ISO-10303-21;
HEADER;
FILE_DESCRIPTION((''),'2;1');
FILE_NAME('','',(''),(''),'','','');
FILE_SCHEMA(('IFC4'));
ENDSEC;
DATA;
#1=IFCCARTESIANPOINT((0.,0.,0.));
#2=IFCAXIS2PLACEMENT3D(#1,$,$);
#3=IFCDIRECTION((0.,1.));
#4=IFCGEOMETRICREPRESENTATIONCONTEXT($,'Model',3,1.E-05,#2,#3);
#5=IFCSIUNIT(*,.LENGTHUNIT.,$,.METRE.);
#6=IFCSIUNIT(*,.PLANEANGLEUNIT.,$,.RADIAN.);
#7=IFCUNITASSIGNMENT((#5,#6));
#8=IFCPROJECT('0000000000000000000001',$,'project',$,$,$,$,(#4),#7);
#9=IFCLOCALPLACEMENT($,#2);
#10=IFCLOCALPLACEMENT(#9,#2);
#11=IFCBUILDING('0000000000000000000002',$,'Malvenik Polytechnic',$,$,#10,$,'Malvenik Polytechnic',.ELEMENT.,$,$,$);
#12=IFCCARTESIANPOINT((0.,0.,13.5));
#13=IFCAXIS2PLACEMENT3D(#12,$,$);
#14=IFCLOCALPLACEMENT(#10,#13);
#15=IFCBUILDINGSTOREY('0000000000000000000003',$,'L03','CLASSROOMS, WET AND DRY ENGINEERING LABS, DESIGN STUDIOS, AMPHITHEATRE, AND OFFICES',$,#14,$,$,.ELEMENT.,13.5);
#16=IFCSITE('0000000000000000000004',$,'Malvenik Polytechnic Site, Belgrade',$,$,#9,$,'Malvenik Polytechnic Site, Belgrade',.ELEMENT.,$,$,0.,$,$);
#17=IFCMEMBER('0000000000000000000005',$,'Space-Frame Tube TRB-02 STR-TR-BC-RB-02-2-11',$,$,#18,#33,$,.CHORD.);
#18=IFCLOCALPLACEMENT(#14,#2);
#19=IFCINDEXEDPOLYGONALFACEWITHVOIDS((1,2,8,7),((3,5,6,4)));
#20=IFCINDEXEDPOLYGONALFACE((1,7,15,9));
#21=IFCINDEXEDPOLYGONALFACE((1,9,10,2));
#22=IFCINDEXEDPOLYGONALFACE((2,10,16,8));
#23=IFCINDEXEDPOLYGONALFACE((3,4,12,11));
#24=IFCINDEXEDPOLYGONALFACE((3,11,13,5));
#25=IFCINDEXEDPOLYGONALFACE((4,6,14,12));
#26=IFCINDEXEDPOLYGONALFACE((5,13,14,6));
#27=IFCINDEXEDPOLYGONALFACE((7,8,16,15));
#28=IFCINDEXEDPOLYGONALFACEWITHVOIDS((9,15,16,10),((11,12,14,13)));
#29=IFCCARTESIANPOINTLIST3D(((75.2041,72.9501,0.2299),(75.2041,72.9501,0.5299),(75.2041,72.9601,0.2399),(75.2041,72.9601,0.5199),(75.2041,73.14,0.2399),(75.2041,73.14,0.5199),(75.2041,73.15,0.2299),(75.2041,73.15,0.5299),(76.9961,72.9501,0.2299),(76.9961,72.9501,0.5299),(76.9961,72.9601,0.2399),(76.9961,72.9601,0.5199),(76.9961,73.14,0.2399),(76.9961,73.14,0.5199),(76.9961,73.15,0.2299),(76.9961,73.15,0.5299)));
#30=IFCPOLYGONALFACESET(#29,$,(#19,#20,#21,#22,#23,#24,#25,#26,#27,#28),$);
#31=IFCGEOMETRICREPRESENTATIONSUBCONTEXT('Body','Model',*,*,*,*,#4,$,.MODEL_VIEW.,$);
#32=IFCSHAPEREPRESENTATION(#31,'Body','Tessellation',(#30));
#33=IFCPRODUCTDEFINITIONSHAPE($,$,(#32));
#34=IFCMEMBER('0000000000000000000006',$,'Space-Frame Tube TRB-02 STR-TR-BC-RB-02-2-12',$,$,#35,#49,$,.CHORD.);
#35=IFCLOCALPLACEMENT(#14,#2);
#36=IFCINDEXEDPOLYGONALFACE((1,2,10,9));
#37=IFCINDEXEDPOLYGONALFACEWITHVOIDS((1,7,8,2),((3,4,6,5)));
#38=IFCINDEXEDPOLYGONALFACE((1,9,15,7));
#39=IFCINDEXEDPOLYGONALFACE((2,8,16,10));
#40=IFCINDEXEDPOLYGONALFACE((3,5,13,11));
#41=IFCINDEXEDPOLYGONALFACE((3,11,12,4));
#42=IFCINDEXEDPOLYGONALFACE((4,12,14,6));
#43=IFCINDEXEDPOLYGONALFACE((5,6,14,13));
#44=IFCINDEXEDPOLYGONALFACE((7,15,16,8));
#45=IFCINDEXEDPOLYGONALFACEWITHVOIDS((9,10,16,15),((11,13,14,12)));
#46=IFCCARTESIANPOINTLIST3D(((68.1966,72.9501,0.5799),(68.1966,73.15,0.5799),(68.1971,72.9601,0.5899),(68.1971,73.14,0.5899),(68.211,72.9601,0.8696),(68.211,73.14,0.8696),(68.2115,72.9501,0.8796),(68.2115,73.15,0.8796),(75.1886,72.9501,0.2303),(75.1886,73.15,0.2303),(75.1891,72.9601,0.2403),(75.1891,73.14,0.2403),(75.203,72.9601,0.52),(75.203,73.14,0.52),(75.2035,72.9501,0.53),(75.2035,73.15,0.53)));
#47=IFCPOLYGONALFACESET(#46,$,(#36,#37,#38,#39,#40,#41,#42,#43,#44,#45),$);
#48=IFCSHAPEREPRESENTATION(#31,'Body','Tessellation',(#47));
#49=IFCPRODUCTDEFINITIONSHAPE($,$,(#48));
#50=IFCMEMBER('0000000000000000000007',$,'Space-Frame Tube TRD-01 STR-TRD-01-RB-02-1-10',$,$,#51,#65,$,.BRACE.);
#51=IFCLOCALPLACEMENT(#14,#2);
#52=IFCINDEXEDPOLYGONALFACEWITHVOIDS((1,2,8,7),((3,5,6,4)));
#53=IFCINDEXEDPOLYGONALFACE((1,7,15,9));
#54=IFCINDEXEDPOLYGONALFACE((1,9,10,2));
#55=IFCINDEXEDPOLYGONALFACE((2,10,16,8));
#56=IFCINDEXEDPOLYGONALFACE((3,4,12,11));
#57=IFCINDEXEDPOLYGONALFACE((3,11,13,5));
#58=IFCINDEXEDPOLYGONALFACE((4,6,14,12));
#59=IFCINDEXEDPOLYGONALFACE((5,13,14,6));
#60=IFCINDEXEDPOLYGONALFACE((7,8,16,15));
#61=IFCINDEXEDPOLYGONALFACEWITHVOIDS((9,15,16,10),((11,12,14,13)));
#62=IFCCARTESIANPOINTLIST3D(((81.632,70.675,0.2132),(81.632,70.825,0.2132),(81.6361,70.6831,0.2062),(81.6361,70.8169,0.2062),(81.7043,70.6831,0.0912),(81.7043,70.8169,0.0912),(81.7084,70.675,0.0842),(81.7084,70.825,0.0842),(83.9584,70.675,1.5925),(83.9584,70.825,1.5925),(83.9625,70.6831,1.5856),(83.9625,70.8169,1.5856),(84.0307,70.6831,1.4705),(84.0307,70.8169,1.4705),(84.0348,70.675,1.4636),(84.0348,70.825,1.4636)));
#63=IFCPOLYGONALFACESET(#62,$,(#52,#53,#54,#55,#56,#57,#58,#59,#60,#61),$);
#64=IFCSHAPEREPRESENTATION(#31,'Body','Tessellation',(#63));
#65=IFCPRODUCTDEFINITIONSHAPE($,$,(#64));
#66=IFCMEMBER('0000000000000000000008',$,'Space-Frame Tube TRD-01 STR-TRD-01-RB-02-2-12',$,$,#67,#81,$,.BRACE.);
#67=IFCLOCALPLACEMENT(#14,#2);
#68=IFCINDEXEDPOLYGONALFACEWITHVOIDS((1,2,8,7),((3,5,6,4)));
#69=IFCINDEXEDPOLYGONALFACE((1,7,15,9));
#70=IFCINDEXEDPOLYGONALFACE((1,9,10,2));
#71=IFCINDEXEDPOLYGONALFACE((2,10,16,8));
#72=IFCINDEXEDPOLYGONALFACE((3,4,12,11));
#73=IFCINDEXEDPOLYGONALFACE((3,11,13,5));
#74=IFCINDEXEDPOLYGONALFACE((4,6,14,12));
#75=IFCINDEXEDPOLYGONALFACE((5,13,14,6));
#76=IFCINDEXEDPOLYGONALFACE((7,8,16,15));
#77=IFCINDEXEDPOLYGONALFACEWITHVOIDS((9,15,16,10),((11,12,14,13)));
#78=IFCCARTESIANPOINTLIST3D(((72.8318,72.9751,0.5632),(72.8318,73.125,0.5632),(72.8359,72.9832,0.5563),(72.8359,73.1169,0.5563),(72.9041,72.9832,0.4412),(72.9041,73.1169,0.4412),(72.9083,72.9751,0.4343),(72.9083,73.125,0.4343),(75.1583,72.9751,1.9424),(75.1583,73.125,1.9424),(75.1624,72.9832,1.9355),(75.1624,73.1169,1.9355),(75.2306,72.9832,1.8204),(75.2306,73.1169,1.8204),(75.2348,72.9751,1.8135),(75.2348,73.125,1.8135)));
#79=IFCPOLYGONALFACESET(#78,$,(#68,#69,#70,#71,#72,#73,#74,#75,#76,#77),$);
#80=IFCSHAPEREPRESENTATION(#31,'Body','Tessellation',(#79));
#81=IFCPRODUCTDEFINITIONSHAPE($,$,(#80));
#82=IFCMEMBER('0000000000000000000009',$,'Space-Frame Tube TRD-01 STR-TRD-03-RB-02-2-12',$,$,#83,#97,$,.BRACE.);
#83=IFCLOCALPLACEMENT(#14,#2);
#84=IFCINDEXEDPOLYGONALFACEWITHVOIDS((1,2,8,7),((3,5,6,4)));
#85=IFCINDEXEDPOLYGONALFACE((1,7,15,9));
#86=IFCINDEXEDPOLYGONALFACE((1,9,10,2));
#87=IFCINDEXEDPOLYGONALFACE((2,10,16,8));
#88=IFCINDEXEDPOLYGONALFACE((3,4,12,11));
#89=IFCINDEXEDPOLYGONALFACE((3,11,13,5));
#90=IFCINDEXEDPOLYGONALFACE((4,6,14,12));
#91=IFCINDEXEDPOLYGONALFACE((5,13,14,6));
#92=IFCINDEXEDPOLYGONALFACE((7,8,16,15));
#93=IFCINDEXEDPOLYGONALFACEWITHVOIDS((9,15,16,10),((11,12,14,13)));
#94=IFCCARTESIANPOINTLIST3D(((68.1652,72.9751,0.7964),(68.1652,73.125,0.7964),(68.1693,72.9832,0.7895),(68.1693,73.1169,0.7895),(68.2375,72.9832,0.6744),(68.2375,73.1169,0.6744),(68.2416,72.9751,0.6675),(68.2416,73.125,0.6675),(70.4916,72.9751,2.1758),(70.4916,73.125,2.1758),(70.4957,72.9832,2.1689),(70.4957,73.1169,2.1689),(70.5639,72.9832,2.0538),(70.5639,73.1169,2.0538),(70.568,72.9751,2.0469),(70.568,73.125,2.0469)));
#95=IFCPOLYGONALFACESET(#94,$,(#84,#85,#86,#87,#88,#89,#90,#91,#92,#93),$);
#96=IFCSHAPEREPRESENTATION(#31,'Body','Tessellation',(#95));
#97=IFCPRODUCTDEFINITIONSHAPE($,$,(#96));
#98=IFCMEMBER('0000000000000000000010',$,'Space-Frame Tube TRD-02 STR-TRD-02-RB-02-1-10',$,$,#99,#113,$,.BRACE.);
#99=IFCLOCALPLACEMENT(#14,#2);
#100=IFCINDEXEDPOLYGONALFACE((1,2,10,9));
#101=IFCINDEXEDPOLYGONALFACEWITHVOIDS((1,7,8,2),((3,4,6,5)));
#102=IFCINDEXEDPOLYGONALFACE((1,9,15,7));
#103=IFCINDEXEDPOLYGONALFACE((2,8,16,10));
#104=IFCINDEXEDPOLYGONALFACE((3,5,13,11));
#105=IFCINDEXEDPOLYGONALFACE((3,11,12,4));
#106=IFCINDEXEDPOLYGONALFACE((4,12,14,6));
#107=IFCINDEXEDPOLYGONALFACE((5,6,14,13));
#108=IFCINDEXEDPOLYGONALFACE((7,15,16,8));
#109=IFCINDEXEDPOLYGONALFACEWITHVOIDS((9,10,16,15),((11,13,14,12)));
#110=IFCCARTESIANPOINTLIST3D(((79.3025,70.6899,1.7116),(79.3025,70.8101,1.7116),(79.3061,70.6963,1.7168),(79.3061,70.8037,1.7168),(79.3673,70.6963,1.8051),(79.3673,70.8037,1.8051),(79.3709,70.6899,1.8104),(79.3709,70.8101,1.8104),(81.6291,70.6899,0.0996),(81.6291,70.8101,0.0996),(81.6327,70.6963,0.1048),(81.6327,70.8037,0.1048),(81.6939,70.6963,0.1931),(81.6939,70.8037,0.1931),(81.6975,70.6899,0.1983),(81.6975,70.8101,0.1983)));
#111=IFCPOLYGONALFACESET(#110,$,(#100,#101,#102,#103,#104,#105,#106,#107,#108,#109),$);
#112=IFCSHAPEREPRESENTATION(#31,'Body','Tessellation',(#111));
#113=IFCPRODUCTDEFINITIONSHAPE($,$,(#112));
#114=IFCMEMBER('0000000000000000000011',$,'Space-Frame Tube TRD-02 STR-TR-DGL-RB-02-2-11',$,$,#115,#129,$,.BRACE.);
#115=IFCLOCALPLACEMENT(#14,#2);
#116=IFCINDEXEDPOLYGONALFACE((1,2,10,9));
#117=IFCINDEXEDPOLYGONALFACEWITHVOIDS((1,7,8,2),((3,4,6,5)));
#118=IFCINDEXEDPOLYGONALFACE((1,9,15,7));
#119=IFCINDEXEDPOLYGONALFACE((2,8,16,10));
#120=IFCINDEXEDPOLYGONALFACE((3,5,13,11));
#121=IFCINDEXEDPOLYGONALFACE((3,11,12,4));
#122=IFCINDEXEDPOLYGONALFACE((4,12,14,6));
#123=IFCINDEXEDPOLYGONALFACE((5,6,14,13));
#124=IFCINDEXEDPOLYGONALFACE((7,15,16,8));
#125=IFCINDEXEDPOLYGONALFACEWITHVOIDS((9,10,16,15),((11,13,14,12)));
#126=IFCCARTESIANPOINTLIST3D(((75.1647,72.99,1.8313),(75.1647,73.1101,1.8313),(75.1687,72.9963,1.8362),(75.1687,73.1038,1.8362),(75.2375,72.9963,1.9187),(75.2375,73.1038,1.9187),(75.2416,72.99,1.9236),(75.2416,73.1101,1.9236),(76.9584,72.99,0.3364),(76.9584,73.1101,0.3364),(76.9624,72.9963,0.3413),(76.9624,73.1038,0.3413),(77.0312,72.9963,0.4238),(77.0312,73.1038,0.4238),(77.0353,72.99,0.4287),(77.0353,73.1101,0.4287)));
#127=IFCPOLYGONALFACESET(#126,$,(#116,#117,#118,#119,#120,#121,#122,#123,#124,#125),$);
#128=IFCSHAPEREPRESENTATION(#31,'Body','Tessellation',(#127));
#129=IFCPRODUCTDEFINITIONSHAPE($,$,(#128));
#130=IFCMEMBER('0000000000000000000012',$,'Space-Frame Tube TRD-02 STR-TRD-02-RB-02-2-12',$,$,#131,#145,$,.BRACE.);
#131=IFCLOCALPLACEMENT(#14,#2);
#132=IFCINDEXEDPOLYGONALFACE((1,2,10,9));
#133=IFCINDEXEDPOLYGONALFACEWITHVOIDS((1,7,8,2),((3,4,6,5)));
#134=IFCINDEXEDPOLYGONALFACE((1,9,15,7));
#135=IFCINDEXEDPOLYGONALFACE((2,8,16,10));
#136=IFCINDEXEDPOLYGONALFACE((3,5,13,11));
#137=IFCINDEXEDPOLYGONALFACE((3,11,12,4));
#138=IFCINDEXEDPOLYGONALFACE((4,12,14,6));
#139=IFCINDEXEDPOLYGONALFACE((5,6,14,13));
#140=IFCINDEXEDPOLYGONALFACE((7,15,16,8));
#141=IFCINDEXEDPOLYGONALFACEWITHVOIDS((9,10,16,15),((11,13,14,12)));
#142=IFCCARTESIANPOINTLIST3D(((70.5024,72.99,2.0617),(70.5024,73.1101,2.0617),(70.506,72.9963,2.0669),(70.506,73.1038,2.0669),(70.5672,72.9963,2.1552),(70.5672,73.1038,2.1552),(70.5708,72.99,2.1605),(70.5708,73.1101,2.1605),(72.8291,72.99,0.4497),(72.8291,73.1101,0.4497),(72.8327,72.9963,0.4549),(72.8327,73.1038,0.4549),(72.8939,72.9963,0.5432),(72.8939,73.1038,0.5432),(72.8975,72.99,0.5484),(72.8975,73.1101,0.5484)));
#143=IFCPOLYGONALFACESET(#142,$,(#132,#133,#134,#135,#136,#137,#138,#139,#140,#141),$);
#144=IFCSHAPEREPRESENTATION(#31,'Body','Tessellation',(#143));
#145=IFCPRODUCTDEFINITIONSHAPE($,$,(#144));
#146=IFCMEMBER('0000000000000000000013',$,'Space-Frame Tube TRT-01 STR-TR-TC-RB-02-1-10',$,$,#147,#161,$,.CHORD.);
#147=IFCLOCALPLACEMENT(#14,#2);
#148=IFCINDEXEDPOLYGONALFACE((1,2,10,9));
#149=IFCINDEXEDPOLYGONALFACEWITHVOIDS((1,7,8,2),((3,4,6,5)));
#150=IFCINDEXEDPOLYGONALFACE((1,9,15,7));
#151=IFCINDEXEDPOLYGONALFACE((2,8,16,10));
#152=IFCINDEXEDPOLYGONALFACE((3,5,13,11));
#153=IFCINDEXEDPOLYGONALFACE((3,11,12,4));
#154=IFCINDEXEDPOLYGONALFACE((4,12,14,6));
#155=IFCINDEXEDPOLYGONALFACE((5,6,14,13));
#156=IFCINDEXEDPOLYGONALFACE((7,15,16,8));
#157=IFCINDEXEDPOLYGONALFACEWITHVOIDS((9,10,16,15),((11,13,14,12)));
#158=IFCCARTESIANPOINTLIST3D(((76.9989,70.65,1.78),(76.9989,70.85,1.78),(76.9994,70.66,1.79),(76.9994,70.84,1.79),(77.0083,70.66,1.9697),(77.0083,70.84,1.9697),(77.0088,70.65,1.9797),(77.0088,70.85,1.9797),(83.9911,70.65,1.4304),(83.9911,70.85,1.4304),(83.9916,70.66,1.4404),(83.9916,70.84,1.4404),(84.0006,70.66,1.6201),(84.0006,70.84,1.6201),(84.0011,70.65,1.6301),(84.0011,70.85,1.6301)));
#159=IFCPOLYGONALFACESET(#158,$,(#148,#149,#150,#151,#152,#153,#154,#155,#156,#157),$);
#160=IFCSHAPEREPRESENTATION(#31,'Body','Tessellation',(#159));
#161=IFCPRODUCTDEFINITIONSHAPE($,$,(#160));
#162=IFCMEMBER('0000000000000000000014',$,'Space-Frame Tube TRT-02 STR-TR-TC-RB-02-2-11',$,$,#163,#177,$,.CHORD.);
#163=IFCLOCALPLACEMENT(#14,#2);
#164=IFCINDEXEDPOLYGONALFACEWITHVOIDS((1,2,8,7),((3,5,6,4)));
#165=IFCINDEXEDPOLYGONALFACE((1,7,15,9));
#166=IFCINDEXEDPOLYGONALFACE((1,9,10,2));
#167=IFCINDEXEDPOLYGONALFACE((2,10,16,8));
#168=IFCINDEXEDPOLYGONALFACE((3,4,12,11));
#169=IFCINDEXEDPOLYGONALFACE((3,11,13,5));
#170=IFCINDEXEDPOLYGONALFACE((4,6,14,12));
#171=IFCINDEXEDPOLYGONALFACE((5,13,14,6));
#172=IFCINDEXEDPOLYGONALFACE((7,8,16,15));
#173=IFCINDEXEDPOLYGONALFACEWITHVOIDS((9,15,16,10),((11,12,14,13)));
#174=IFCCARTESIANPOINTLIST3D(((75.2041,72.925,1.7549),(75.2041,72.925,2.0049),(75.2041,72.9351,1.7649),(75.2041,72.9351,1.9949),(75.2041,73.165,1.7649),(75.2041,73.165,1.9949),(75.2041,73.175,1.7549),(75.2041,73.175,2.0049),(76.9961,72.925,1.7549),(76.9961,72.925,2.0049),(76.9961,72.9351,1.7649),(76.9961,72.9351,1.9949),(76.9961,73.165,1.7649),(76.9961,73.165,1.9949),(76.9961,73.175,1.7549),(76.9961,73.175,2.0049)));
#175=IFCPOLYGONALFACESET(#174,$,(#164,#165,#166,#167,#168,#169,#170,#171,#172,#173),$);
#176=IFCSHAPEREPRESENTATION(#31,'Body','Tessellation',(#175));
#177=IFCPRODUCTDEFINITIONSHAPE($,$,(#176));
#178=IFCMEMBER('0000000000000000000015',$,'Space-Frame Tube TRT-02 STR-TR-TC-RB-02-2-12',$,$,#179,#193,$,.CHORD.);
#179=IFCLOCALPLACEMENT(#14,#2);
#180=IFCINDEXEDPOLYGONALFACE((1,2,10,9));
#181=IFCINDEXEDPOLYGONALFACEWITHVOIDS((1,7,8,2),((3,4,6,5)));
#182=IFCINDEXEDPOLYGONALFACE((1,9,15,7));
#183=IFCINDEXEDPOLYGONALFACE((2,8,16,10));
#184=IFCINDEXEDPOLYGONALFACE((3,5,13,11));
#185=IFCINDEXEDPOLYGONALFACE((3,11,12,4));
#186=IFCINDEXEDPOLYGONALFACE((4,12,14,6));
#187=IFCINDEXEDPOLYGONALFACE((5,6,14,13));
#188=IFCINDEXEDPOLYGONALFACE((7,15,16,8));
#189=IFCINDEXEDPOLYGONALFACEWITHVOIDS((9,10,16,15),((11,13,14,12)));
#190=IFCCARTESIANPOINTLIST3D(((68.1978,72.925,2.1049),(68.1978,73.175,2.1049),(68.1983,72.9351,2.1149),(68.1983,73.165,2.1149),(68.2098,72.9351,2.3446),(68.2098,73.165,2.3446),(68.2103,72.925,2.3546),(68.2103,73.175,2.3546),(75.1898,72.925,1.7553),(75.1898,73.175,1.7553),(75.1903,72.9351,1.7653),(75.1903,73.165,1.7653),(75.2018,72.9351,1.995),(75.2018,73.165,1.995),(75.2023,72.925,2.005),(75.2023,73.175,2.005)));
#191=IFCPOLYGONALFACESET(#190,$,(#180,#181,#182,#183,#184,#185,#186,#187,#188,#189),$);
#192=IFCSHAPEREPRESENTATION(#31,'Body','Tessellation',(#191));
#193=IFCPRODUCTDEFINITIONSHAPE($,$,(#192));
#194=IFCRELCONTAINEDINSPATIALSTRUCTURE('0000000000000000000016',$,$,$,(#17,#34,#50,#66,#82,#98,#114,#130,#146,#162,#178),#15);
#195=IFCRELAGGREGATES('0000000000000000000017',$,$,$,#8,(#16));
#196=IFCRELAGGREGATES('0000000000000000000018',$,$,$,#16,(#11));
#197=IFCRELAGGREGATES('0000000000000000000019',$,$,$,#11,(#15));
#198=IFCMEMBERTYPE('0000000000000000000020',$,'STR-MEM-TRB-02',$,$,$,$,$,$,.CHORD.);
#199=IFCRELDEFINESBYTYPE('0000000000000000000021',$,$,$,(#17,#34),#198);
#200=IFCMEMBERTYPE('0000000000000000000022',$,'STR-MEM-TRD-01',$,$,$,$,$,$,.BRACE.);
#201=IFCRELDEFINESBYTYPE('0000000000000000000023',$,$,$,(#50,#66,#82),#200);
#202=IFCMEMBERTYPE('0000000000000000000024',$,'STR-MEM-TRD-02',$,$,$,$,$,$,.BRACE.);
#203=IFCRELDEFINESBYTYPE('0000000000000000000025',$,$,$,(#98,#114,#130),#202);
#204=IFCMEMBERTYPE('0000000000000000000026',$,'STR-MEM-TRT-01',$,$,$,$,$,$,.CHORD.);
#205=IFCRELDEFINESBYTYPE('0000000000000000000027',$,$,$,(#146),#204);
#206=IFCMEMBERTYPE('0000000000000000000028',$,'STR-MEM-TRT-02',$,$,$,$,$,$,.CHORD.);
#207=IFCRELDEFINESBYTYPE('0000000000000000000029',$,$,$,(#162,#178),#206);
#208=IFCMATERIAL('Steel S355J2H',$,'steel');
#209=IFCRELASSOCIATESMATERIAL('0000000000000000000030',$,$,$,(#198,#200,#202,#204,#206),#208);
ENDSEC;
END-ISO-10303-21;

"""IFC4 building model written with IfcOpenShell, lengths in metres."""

from ifc_helpers import new_model, si_unit, direction, frame, origin, origin_2d, place, context, subcontext, project, spatial, hollow_rectangle, extrude, material, material_profile, profile_set, type_object, element, save


model = new_model("IFC4")

# Units and contexts
model_context = context("Model", 3, precision=1e-05, world=origin(), true_north=direction((0.0, 1.0)))
body_context = subcontext(model_context, "Body", "Model", "MODEL_VIEW")
ifc_project = project(units=[si_unit("LENGTHUNIT", "METRE"), si_unit("PLANEANGLEUNIT", "RADIAN")], contexts=[model_context])

# Site, building, storey
site_placement = place(None, origin())
site = spatial("IfcSite", under=ifc_project, at=site_placement, Name="Malvenik Polytechnic Site, Belgrade", LongName="Malvenik Polytechnic Site, Belgrade", CompositionType="ELEMENT", RefElevation=0.0)
building_placement = place(site_placement, origin())
building = spatial("IfcBuilding", under=site, at=building_placement, Name="Malvenik Polytechnic", LongName="Malvenik Polytechnic", CompositionType="ELEMENT")
storey_placement = place(building_placement, frame((0.0, 0.0, 13.5)))
storey = spatial("IfcBuildingStorey", under=building, at=storey_placement, Name="L03", Description="CLASSROOMS, WET AND DRY ENGINEERING LABS, DESIGN STUDIOS, AMPHITHEATRE, AND OFFICES", CompositionType="ELEMENT", Elevation=13.5)

# Shared definitions
ifc_material_1 = material(Name="Steel S355J2H", Category="steel")

# Members
ifc_material_profile_1 = material_profile(ifc_material_1, hollow_rectangle(XDim=0.2, YDim=0.3, WallThickness=0.01, at=origin_2d()), Name="RHS 300x200x10.0")
ifc_profile_set_1 = profile_set([ifc_material_profile_1], Name="Steel S355J2H")
member_type_1 = type_object("IfcMemberType", Name="STR-MEM-TRB-02", PredefinedType="CHORD", material=ifc_profile_set_1)
member_1_placement = place(storey_placement, frame((76.9961, 73.05, 0.3799), z_axis=(-1.0, 0.0, 0.0), x_axis=(0.0, -1.0, 0.0)))
element("IfcMember", 1, at=member_1_placement, inside=storey, type_object=member_type_1, Name="Space-Frame Tube TRB-02 STR-TR-BC-RB-02-2-11", PredefinedType="CHORD", context=body_context, shape_type="SweptSolid", body=[
    extrude(hollow_rectangle(XDim=0.2, YDim=0.3, WallThickness=0.01, at=origin_2d()), origin(), (0.0, 0.0, 1.0), 1.792),
])
member_2_placement = place(storey_placement, frame((75.196, 73.05, 0.3801), z_axis=(-0.998752, 0.0, 0.049939), x_axis=(0.0, -1.0, 0.0)))
element("IfcMember", 2, at=member_2_placement, inside=storey, type_object=member_type_1, Name="Space-Frame Tube TRB-02 STR-TR-BC-RB-02-2-12", PredefinedType="CHORD", context=body_context, shape_type="SweptSolid", body=[
    extrude(hollow_rectangle(XDim=0.2, YDim=0.3, WallThickness=0.01, at=origin_2d()), origin(), (0.0, 0.0, 1.0), 7.0007),
])
ifc_material_profile_2 = material_profile(ifc_material_1, hollow_rectangle(XDim=0.1499, YDim=0.1499, WallThickness=0.0081, at=origin_2d()), Name="SHS 150x150x8.0")
ifc_profile_set_2 = profile_set([ifc_material_profile_2], Name="Steel S355J2H")
member_type_2 = type_object("IfcMemberType", Name="STR-MEM-TRD-01", PredefinedType="BRACE", material=ifc_profile_set_2)
for number, where, z_axis, x_axis, name in (
    (3, (83.9966, 70.75, 1.5281), (-0.860165, 0.0, -0.510015), (0.0, -1.0, 0.0), "Space-Frame Tube TRD-01 STR-TRD-01-RB-02-1-10"),
    (4, (75.1965, 73.05, 1.8779), (-0.860205, 0.0, -0.509948), (0.0, -1.0, 0.0), "Space-Frame Tube TRD-01 STR-TRD-01-RB-02-2-12"),
    (5, (70.5298, 73.05, 2.1113), (-0.860165, 0.0, -0.510015), (0.0, -1.0, 0.0), "Space-Frame Tube TRD-01 STR-TRD-03-RB-02-2-12"),
):
    element("IfcMember", number, at=place(storey_placement, frame(where, z_axis=z_axis, x_axis=x_axis)), inside=storey, type_object=member_type_2, Name=name, PredefinedType="BRACE", context=body_context, shape_type="SweptSolid", body=[
        extrude(hollow_rectangle(XDim=0.1499, YDim=0.1499, WallThickness=0.0081, at=origin_2d()), origin(), (0.0, 0.0, 1.0), 2.7046),
    ])
ifc_material_profile_3 = material_profile(ifc_material_1, hollow_rectangle(XDim=0.1201, YDim=0.1201, WallThickness=0.0063, at=origin_2d()), Name="SHS 120x120x6.3")
ifc_profile_set_3 = profile_set([ifc_material_profile_3], Name="Steel S355J2H")
member_type_3 = type_object("IfcMemberType", Name="STR-MEM-TRD-02", PredefinedType="BRACE", material=ifc_profile_set_3)
member_3_placement = place(storey_placement, frame((81.6633, 70.75, 0.1489), z_axis=(-0.821978, 0.0, 0.569519), x_axis=(0.0, -1.0, 0.0)))
element("IfcMember", 6, at=member_3_placement, inside=storey, type_object=member_type_3, Name="Space-Frame Tube TRD-02 STR-TRD-02-RB-02-1-10", PredefinedType="BRACE", context=body_context, shape_type="SweptSolid", body=[
    extrude(hollow_rectangle(XDim=0.1201, YDim=0.1201, WallThickness=0.0063, at=origin_2d()), origin(), (0.0, 0.0, 1.0), 2.8306),
])
member_4_placement = place(storey_placement, frame((76.9968, 73.05, 0.3826), z_axis=(-0.768196, 0.0, 0.640215), x_axis=(0.0, -1.0, 0.0)))
element("IfcMember", 7, at=member_4_placement, inside=storey, type_object=member_type_3, Name="Space-Frame Tube TRD-02 STR-TR-DGL-RB-02-2-11", PredefinedType="BRACE", context=body_context, shape_type="SweptSolid", body=[
    extrude(hollow_rectangle(XDim=0.1201, YDim=0.1201, WallThickness=0.0063, at=origin_2d()), origin(), (0.0, 0.0, 1.0), 2.335),
])
member_5_placement = place(storey_placement, frame((72.8633, 73.05, 0.499), z_axis=(-0.821978, 0.0, 0.569519), x_axis=(0.0, -1.0, 0.0)))
element("IfcMember", 8, at=member_5_placement, inside=storey, type_object=member_type_3, Name="Space-Frame Tube TRD-02 STR-TRD-02-RB-02-2-12", PredefinedType="BRACE", context=body_context, shape_type="SweptSolid", body=[
    extrude(hollow_rectangle(XDim=0.1201, YDim=0.1201, WallThickness=0.0063, at=origin_2d()), origin(), (0.0, 0.0, 1.0), 2.8306),
])
ifc_material_profile_4 = material_profile(ifc_material_1, hollow_rectangle(XDim=0.2, YDim=0.2, WallThickness=0.01, at=origin_2d()), Name="SHS 200x200x10.0")
ifc_profile_set_4 = profile_set([ifc_material_profile_4], Name="Steel S355J2H")
member_type_4 = type_object("IfcMemberType", Name="STR-MEM-TRT-01", PredefinedType="CHORD", material=ifc_profile_set_4)
member_6_placement = place(storey_placement, frame((83.9961, 70.75, 1.5303), z_axis=(-0.998752, 0.0, 0.049938), x_axis=(0.0, -1.0, 0.0)))
element("IfcMember", 9, at=member_6_placement, inside=storey, type_object=member_type_4, Name="Space-Frame Tube TRT-01 STR-TR-TC-RB-02-1-10", PredefinedType="CHORD", context=body_context, shape_type="SweptSolid", body=[
    extrude(hollow_rectangle(XDim=0.2, YDim=0.2, WallThickness=0.01, at=origin_2d()), origin(), (0.0, 0.0, 1.0), 7.001),
])
ifc_material_profile_5 = material_profile(ifc_material_1, hollow_rectangle(XDim=0.25, YDim=0.25, WallThickness=0.01, at=origin_2d()), Name="SHS 250x250x10.0")
ifc_profile_set_5 = profile_set([ifc_material_profile_5], Name="Steel S355J2H")
member_type_5 = type_object("IfcMemberType", Name="STR-MEM-TRT-02", PredefinedType="CHORD", material=ifc_profile_set_5)
member_7_placement = place(storey_placement, frame((76.9961, 73.05, 1.8799), z_axis=(-1.0, 0.0, 0.0), x_axis=(0.0, -1.0, 0.0)))
element("IfcMember", 10, at=member_7_placement, inside=storey, type_object=member_type_5, Name="Space-Frame Tube TRT-02 STR-TR-TC-RB-02-2-11", PredefinedType="CHORD", context=body_context, shape_type="SweptSolid", body=[
    extrude(hollow_rectangle(XDim=0.25, YDim=0.25, WallThickness=0.01, at=origin_2d()), origin(), (0.0, 0.0, 1.0), 1.792),
])
member_8_placement = place(storey_placement, frame((75.196, 73.05, 1.8801), z_axis=(-0.998752, 0.0, 0.049939), x_axis=(0.0, -1.0, 0.0)))
element("IfcMember", 11, at=member_8_placement, inside=storey, type_object=member_type_5, Name="Space-Frame Tube TRT-02 STR-TR-TC-RB-02-2-12", PredefinedType="CHORD", context=body_context, shape_type="SweptSolid", body=[
    extrude(hollow_rectangle(XDim=0.25, YDim=0.25, WallThickness=0.01, at=origin_2d()), origin(), (0.0, 0.0, 1.0), 7.0007),
])

save(model, "model.ifc")
